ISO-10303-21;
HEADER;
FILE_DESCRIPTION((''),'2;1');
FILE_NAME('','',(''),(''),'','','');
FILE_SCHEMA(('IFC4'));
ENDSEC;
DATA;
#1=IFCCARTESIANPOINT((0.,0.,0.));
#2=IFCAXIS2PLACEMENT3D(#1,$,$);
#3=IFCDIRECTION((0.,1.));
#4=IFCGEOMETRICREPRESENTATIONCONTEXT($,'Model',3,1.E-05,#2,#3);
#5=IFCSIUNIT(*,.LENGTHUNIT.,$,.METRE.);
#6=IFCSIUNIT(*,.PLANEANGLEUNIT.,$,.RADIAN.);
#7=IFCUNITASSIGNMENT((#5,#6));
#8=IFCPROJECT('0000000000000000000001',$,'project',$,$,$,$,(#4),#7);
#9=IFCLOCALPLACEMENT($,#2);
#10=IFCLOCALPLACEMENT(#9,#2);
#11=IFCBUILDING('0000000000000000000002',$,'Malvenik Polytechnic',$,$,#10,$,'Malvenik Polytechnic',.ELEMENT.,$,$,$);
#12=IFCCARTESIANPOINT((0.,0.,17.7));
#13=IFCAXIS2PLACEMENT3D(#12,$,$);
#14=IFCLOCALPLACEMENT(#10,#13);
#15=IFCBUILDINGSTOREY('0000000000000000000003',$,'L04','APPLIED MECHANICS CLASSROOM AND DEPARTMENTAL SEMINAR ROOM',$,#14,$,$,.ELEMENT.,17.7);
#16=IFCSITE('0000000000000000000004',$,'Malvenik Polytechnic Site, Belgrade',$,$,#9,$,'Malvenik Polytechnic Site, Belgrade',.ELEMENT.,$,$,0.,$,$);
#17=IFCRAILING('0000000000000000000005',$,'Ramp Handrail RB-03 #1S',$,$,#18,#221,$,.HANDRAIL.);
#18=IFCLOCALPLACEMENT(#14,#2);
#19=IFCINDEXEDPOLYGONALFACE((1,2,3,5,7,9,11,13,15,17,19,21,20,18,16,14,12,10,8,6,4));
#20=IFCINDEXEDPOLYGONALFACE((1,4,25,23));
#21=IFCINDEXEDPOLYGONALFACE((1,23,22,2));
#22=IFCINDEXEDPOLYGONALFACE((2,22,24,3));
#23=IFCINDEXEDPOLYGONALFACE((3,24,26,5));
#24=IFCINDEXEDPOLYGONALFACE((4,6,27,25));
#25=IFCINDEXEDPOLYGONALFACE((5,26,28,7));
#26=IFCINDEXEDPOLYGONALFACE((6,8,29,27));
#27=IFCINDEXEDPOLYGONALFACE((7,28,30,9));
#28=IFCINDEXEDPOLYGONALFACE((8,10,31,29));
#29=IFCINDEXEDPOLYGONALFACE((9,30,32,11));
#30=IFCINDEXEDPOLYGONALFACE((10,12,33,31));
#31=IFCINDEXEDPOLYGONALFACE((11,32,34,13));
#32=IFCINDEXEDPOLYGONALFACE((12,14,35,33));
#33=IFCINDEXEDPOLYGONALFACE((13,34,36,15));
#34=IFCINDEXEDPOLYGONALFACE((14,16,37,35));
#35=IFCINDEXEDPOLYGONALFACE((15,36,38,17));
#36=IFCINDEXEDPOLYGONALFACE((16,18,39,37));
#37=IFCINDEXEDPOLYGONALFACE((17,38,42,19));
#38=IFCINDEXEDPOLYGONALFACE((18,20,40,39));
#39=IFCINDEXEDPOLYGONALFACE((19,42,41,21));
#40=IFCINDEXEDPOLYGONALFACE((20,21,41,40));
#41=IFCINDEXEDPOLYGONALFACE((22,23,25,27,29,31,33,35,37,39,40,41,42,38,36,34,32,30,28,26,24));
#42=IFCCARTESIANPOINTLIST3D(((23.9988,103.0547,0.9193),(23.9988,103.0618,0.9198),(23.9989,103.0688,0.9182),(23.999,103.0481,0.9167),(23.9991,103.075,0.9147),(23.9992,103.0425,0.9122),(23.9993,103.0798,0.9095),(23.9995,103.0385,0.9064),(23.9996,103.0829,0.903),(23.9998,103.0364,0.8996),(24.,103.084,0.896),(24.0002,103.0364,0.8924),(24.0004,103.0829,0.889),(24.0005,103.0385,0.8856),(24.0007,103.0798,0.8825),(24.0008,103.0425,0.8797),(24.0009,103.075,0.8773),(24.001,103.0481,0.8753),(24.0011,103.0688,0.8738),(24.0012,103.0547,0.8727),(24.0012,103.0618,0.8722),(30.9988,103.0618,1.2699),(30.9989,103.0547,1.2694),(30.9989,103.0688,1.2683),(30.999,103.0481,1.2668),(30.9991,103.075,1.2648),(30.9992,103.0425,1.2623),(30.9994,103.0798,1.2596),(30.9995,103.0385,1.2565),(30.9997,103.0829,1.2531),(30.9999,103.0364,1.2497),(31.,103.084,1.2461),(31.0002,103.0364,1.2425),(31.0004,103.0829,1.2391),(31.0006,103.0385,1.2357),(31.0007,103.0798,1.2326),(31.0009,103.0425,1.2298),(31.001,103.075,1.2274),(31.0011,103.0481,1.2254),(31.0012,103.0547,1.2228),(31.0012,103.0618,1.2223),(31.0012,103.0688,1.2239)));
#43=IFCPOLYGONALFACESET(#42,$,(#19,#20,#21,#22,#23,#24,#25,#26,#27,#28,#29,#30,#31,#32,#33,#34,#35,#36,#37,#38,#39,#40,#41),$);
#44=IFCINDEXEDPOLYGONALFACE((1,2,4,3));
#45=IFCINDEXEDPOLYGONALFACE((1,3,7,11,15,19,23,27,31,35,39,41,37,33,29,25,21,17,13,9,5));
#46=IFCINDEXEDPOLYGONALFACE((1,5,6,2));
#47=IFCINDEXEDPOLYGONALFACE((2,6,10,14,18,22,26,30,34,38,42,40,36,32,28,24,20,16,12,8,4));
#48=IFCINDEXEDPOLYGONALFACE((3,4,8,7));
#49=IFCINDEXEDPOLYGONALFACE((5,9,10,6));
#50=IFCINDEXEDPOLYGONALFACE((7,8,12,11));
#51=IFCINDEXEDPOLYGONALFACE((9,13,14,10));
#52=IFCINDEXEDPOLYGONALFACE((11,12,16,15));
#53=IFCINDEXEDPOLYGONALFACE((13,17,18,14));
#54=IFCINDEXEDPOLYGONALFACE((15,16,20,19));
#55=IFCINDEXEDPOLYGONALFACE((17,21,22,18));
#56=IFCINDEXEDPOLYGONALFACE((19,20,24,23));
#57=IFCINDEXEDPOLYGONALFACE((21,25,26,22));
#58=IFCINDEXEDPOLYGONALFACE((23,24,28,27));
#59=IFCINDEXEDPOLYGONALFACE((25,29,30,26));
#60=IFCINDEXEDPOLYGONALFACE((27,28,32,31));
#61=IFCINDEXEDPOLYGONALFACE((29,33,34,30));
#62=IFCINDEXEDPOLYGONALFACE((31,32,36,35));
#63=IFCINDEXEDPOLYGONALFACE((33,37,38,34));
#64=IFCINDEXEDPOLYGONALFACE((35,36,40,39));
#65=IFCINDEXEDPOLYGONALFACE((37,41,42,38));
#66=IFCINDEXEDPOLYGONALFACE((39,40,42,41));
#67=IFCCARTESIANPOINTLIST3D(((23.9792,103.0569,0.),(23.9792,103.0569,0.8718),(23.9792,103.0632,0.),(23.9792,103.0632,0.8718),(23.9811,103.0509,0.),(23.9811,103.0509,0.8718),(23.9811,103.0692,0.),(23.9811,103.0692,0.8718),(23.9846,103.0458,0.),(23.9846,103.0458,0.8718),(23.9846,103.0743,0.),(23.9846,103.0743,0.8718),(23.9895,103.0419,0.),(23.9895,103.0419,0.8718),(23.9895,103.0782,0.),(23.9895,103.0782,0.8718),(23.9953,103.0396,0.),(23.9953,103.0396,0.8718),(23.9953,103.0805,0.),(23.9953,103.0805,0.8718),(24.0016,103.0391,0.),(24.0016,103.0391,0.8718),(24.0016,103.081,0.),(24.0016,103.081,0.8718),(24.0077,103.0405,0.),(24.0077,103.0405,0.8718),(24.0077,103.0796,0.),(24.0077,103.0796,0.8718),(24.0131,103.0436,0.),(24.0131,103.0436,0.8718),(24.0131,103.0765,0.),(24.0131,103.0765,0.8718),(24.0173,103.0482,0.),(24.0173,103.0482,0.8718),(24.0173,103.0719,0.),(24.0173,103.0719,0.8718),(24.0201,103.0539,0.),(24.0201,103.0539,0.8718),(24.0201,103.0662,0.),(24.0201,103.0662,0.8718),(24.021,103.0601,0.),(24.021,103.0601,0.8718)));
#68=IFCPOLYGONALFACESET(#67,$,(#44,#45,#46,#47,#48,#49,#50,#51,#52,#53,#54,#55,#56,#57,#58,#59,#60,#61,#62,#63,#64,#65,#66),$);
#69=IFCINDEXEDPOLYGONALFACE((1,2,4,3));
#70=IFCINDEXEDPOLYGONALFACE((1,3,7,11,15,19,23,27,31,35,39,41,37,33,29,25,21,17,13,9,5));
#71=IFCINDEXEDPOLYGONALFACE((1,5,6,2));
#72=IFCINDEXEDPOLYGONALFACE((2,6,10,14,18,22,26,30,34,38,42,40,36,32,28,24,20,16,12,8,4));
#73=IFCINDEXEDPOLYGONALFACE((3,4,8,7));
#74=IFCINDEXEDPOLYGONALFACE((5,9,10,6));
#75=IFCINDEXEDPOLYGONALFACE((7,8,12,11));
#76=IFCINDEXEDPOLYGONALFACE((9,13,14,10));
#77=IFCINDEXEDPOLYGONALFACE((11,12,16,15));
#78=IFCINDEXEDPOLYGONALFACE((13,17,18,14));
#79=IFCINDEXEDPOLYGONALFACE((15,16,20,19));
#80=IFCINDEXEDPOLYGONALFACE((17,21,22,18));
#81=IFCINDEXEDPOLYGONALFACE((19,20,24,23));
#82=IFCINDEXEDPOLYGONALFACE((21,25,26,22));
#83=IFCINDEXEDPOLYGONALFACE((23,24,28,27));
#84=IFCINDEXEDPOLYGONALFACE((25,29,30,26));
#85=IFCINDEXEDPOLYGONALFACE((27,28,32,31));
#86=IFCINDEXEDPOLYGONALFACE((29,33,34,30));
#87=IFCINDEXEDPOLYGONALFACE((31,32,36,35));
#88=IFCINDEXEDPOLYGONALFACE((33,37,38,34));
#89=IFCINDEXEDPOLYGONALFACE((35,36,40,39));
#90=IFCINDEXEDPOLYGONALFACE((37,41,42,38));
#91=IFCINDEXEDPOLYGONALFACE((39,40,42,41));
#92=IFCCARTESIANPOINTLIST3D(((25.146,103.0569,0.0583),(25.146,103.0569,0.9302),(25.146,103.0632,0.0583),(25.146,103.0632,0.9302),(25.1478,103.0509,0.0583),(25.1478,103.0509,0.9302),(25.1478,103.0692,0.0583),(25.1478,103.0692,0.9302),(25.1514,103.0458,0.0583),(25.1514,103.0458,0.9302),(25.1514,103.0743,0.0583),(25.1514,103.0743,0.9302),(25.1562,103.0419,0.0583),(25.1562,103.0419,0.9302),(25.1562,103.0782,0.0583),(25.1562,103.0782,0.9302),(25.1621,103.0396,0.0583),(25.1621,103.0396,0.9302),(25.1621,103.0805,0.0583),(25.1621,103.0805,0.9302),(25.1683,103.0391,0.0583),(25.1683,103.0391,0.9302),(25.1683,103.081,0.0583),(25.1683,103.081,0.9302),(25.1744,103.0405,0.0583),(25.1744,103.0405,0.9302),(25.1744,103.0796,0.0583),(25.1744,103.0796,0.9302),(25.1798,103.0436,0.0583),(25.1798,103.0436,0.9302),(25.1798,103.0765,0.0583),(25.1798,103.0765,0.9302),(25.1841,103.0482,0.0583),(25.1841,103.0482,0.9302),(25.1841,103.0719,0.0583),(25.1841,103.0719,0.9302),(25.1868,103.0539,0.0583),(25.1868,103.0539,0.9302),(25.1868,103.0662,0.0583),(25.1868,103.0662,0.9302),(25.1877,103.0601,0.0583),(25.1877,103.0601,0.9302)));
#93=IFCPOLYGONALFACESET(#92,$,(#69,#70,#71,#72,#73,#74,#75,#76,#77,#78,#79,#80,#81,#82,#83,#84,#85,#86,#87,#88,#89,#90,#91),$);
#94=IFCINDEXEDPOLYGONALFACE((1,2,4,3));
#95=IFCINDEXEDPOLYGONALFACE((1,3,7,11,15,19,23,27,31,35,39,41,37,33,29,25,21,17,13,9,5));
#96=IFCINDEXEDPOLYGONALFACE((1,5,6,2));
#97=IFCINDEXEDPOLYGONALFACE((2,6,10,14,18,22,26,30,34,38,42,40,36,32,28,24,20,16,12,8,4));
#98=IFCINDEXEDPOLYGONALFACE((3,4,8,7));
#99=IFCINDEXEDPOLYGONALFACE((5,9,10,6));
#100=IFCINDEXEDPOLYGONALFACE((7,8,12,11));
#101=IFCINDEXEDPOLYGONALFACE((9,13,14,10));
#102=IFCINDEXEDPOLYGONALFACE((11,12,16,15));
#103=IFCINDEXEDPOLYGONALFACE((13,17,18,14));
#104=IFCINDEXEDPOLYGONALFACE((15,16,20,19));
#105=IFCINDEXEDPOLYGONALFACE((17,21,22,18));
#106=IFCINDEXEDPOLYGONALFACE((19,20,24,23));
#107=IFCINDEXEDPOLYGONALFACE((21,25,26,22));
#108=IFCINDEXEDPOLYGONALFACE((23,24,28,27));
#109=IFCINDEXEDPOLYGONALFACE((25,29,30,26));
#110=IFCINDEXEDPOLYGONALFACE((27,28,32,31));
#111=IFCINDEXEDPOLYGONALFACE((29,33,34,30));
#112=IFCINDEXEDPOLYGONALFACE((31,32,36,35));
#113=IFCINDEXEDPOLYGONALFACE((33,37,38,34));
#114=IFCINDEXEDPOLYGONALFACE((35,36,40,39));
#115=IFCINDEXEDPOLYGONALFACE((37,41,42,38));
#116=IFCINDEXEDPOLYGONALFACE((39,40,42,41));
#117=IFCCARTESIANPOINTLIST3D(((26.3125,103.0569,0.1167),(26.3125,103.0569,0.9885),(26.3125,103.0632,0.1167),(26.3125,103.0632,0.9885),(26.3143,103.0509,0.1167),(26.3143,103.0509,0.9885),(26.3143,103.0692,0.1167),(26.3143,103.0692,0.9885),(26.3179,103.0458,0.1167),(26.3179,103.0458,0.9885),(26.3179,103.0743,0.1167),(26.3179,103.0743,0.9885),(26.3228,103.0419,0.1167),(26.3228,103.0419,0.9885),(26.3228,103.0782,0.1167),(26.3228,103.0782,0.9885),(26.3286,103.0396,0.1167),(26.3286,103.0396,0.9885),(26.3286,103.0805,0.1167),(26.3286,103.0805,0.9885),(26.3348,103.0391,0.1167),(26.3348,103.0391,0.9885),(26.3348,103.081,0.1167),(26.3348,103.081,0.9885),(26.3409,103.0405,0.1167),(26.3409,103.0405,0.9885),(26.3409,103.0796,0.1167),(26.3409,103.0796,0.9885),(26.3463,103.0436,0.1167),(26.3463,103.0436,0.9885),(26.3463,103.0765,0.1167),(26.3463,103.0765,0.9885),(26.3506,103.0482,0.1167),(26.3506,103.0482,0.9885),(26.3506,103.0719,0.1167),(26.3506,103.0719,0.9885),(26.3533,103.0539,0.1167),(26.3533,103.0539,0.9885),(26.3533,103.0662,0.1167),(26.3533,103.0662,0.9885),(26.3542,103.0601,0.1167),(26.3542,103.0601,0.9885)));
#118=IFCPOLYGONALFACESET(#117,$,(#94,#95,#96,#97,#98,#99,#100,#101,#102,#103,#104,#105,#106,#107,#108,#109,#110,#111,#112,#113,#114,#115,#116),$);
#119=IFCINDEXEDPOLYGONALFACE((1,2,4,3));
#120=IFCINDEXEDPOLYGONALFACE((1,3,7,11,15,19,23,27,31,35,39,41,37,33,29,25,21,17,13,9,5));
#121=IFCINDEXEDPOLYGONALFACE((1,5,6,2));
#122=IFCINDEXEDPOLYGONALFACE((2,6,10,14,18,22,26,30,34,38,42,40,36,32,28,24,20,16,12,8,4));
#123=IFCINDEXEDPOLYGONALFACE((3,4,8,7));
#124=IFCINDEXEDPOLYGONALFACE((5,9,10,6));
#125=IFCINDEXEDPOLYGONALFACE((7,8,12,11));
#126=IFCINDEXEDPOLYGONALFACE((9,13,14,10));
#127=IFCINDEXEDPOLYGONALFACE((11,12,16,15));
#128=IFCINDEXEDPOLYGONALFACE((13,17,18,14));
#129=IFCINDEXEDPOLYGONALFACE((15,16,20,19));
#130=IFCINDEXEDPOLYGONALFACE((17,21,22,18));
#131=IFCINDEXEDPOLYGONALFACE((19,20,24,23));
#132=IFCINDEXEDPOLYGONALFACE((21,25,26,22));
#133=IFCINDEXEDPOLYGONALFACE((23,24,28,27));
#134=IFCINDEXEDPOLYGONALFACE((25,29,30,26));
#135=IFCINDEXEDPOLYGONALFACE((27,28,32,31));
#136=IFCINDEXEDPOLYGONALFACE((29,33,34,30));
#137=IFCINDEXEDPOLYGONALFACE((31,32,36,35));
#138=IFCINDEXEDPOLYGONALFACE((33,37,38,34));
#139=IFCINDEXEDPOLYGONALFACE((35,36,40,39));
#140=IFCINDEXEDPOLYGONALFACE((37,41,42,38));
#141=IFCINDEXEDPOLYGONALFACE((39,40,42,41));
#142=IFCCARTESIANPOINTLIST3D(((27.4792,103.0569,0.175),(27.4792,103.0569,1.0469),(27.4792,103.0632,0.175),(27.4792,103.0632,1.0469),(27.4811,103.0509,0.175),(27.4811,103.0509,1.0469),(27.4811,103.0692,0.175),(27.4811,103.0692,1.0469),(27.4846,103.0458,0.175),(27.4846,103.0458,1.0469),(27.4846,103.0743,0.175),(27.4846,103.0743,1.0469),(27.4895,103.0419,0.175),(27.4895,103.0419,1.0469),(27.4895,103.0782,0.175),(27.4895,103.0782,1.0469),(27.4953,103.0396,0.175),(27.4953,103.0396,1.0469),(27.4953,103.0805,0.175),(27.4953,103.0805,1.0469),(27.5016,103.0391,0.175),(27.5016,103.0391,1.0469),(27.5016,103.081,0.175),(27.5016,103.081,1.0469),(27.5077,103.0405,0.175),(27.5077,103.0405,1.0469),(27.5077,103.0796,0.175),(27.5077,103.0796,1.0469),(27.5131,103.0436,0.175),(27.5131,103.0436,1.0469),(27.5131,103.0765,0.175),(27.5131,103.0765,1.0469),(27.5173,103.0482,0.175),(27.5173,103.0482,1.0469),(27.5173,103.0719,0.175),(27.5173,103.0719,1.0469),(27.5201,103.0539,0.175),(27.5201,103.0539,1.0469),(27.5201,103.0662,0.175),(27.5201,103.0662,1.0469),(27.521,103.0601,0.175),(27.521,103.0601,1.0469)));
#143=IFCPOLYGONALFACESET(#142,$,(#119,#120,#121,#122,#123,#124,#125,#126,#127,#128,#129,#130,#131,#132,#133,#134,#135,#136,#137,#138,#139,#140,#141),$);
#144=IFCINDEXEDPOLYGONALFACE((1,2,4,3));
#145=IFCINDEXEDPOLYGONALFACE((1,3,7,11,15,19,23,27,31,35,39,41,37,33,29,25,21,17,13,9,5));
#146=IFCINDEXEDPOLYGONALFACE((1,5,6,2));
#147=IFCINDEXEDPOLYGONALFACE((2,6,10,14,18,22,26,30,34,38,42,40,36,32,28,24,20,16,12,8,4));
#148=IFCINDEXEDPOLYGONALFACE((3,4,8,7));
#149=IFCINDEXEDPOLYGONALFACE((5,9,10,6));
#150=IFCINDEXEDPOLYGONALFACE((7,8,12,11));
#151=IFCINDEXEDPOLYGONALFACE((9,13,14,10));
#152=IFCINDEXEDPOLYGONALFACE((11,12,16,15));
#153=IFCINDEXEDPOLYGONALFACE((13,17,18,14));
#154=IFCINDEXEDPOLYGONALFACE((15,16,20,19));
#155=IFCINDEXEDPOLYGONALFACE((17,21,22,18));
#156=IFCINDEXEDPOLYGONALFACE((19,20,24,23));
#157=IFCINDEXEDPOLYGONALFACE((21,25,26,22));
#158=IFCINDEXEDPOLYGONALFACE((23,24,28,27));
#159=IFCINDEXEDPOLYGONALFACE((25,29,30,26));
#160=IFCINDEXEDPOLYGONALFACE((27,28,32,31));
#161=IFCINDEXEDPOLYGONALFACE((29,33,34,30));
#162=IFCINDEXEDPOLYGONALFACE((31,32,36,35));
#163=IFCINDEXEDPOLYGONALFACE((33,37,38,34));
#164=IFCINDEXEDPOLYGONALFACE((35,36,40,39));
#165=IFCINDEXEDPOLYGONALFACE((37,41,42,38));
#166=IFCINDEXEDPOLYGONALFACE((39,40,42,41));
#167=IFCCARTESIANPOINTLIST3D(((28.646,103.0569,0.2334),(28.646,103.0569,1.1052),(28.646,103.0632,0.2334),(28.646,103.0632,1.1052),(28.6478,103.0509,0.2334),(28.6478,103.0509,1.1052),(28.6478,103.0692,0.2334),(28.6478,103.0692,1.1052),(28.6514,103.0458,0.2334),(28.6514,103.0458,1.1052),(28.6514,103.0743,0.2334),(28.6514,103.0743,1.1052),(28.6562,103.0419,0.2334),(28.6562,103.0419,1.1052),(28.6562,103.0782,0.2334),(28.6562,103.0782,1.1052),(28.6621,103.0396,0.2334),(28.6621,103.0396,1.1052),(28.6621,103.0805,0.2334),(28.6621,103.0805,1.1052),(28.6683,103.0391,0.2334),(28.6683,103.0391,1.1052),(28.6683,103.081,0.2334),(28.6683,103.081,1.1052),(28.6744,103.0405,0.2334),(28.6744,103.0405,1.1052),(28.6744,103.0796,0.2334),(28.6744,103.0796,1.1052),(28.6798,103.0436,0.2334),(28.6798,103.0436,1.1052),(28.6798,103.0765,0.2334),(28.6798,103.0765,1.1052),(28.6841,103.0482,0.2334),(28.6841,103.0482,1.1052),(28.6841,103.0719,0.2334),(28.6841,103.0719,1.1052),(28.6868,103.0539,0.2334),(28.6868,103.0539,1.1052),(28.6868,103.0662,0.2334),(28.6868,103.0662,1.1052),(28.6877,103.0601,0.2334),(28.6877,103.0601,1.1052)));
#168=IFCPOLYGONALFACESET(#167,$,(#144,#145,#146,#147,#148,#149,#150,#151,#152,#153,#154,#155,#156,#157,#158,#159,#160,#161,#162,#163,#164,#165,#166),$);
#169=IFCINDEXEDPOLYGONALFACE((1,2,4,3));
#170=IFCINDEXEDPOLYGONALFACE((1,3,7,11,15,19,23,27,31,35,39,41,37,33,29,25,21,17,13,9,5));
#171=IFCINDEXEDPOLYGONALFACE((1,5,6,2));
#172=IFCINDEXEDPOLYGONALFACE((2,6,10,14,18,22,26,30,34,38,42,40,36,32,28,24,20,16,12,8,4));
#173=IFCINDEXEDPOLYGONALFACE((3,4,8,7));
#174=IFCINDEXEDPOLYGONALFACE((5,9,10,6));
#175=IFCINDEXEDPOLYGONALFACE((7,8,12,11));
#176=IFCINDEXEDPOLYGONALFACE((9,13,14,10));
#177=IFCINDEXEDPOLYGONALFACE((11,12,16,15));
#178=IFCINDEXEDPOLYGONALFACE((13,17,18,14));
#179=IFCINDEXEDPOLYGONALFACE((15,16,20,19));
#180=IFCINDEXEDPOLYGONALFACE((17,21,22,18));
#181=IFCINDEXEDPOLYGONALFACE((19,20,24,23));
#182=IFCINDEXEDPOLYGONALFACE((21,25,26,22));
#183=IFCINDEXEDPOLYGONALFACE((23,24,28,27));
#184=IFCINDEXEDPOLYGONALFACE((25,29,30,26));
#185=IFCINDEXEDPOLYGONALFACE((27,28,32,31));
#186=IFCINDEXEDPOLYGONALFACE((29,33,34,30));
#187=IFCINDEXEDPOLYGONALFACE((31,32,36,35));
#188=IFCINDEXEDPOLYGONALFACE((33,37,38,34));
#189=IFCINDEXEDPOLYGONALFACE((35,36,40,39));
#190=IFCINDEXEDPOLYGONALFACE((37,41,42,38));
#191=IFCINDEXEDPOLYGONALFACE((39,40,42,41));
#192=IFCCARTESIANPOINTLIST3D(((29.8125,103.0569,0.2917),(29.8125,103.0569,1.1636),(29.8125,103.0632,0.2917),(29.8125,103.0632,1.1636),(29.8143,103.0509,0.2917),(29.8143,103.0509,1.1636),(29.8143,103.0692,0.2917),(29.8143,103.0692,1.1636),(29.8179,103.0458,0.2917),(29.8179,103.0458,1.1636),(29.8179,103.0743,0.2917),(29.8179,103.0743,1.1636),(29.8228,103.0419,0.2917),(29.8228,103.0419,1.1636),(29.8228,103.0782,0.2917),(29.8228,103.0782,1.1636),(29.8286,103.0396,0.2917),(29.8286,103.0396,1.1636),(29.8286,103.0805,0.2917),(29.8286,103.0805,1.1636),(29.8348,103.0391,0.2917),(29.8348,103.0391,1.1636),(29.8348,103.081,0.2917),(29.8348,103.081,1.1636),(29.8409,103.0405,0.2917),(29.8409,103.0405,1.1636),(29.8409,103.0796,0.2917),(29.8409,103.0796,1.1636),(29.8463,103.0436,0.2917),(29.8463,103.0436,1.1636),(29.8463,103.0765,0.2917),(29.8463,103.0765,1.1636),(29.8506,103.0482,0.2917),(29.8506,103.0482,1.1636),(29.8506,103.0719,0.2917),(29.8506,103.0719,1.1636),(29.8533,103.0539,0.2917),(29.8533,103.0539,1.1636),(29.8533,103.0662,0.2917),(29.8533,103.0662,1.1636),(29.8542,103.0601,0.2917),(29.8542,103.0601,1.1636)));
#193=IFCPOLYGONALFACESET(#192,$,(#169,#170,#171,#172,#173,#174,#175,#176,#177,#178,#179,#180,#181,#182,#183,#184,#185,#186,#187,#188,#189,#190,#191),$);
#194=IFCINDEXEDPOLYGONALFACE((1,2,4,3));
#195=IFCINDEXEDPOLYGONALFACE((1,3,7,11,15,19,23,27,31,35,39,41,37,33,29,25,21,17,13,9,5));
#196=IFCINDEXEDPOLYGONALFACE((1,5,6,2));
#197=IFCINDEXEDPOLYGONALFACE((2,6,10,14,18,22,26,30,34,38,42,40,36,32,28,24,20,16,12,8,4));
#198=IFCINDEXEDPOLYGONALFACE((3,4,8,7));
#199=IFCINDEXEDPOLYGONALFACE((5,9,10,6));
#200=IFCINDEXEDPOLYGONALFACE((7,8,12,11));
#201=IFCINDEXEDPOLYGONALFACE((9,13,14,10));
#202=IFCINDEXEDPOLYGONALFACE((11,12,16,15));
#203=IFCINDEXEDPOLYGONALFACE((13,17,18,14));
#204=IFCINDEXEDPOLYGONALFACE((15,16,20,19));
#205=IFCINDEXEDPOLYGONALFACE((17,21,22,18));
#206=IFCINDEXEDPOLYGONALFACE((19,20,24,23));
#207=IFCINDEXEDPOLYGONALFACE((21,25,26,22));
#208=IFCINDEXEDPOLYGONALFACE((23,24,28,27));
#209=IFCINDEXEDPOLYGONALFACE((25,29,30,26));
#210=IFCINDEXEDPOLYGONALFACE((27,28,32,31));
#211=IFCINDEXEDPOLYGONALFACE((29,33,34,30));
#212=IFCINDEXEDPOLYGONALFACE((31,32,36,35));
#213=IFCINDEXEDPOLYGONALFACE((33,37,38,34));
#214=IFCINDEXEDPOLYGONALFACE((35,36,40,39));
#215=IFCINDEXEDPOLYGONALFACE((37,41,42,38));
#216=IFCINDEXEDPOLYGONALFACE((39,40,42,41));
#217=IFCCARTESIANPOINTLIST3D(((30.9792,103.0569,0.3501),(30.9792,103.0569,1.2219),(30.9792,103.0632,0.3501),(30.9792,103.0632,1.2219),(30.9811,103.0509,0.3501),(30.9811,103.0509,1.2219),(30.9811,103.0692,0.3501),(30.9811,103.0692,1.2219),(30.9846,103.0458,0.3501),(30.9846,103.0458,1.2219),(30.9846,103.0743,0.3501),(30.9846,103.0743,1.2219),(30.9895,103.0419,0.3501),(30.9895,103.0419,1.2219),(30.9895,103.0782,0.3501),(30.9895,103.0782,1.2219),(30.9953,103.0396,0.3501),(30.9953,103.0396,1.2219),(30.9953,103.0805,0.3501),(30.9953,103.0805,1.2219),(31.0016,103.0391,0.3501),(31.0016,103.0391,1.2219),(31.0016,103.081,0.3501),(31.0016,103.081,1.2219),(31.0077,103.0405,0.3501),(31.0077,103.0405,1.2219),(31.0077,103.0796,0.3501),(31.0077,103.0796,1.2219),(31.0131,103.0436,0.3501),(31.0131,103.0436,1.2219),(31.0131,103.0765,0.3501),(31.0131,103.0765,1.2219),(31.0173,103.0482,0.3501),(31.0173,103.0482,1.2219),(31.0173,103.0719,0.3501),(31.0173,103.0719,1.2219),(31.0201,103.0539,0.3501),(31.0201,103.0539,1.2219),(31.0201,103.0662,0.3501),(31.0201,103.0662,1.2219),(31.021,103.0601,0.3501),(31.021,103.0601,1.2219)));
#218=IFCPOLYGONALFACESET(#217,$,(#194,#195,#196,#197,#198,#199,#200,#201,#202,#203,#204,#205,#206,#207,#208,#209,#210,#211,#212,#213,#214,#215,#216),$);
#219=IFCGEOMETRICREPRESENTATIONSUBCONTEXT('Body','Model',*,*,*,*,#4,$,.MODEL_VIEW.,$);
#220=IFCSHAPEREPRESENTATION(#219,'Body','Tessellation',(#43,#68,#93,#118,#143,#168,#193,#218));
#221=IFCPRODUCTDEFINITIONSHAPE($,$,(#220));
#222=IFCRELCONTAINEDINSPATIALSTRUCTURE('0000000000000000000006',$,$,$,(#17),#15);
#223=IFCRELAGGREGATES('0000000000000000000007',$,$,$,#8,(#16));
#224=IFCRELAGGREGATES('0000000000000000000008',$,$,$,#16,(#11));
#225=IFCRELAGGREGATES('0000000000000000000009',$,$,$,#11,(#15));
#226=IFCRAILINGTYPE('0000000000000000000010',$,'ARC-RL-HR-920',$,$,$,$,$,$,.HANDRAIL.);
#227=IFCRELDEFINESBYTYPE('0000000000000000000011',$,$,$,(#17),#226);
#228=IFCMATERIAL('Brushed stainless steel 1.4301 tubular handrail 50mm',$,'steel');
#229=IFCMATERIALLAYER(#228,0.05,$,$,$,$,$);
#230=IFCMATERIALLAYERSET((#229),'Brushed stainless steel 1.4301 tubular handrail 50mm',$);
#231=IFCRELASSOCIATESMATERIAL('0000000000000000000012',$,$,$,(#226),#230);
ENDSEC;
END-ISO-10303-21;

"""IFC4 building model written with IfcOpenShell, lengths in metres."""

from ifc_helpers import new_model, si_unit, direction, frame, origin, origin_2d, place, context, subcontext, project, spatial, circle, extrude, material, layer, layer_set, type_object, element, save


model = new_model("IFC4")

# Units and contexts
model_context = context("Model", 3, precision=1e-05, world=origin(), true_north=direction((0.0, 1.0)))
body_context = subcontext(model_context, "Body", "Model", "MODEL_VIEW")
ifc_project = project(units=[si_unit("LENGTHUNIT", "METRE"), si_unit("PLANEANGLEUNIT", "RADIAN")], contexts=[model_context])

# Site, building, storey
site_placement = place(None, origin())
site = spatial("IfcSite", under=ifc_project, at=site_placement, Name="Malvenik Polytechnic Site, Belgrade", LongName="Malvenik Polytechnic Site, Belgrade", CompositionType="ELEMENT", RefElevation=0.0)
building_placement = place(site_placement, origin())
building = spatial("IfcBuilding", under=site, at=building_placement, Name="Malvenik Polytechnic", LongName="Malvenik Polytechnic", CompositionType="ELEMENT")
storey_placement = place(building_placement, frame((0.0, 0.0, 17.7)))
storey = spatial("IfcBuildingStorey", under=building, at=storey_placement, Name="L04", Description="APPLIED MECHANICS CLASSROOM AND DEPARTMENTAL SEMINAR ROOM", CompositionType="ELEMENT", Elevation=17.7)

# Railing
ifc_material_1 = material(Name="Brushed stainless steel 1.4301 tubular handrail 50mm", Category="steel")
ifc_layer_1 = layer(ifc_material_1, 0.05)
ifc_layer_set_1 = layer_set([ifc_layer_1], Name="Brushed stainless steel 1.4301 tubular handrail 50mm")
railing_type_1 = type_object("IfcRailingType", Name="ARC-RL-HR-920", PredefinedType="HANDRAIL", material=ifc_layer_set_1)
railing_1_placement = place(storey_placement, frame((24.0, 103.0601, 0.0)))
element("IfcRailing", 1, at=railing_1_placement, inside=storey, type_object=railing_type_1, Name="Ramp Handrail RB-03 #1S", PredefinedType="HANDRAIL", context=body_context, shape_type="SweptSolid", body=[
    extrude(circle(Radius=0.0239, at=origin_2d()), frame((0.0, 0.0, 0.896), z_axis=(0.998752, 0.0, 0.049952), x_axis=(0.0, 1.0, 0.0)), (0.0, 0.0, 1.0), 7.0088),
    extrude(circle(Radius=0.021, at=origin_2d()), origin(), (0.0, 0.0, 1.0), 0.8718),
    extrude(circle(Radius=0.021, at=origin_2d()), frame((1.1667, 0.0, 0.0583)), (0.0, 0.0, 1.0), 0.8718),
    extrude(circle(Radius=0.021, at=origin_2d()), frame((2.3333, 0.0, 0.1167)), (0.0, 0.0, 1.0), 0.8718),
    extrude(circle(Radius=0.021, at=origin_2d()), frame((3.5, 0.0, 0.175)), (0.0, 0.0, 1.0), 0.8718),
    extrude(circle(Radius=0.021, at=origin_2d()), frame((4.6667, 0.0, 0.2334)), (0.0, 0.0, 1.0), 0.8718),
    extrude(circle(Radius=0.021, at=origin_2d()), frame((5.8333, 0.0, 0.2917)), (0.0, 0.0, 1.0), 0.8718),
    extrude(circle(Radius=0.021, at=origin_2d()), frame((7.0, 0.0, 0.3501)), (0.0, 0.0, 1.0), 0.8718),
])

save(model, "model.ifc")
